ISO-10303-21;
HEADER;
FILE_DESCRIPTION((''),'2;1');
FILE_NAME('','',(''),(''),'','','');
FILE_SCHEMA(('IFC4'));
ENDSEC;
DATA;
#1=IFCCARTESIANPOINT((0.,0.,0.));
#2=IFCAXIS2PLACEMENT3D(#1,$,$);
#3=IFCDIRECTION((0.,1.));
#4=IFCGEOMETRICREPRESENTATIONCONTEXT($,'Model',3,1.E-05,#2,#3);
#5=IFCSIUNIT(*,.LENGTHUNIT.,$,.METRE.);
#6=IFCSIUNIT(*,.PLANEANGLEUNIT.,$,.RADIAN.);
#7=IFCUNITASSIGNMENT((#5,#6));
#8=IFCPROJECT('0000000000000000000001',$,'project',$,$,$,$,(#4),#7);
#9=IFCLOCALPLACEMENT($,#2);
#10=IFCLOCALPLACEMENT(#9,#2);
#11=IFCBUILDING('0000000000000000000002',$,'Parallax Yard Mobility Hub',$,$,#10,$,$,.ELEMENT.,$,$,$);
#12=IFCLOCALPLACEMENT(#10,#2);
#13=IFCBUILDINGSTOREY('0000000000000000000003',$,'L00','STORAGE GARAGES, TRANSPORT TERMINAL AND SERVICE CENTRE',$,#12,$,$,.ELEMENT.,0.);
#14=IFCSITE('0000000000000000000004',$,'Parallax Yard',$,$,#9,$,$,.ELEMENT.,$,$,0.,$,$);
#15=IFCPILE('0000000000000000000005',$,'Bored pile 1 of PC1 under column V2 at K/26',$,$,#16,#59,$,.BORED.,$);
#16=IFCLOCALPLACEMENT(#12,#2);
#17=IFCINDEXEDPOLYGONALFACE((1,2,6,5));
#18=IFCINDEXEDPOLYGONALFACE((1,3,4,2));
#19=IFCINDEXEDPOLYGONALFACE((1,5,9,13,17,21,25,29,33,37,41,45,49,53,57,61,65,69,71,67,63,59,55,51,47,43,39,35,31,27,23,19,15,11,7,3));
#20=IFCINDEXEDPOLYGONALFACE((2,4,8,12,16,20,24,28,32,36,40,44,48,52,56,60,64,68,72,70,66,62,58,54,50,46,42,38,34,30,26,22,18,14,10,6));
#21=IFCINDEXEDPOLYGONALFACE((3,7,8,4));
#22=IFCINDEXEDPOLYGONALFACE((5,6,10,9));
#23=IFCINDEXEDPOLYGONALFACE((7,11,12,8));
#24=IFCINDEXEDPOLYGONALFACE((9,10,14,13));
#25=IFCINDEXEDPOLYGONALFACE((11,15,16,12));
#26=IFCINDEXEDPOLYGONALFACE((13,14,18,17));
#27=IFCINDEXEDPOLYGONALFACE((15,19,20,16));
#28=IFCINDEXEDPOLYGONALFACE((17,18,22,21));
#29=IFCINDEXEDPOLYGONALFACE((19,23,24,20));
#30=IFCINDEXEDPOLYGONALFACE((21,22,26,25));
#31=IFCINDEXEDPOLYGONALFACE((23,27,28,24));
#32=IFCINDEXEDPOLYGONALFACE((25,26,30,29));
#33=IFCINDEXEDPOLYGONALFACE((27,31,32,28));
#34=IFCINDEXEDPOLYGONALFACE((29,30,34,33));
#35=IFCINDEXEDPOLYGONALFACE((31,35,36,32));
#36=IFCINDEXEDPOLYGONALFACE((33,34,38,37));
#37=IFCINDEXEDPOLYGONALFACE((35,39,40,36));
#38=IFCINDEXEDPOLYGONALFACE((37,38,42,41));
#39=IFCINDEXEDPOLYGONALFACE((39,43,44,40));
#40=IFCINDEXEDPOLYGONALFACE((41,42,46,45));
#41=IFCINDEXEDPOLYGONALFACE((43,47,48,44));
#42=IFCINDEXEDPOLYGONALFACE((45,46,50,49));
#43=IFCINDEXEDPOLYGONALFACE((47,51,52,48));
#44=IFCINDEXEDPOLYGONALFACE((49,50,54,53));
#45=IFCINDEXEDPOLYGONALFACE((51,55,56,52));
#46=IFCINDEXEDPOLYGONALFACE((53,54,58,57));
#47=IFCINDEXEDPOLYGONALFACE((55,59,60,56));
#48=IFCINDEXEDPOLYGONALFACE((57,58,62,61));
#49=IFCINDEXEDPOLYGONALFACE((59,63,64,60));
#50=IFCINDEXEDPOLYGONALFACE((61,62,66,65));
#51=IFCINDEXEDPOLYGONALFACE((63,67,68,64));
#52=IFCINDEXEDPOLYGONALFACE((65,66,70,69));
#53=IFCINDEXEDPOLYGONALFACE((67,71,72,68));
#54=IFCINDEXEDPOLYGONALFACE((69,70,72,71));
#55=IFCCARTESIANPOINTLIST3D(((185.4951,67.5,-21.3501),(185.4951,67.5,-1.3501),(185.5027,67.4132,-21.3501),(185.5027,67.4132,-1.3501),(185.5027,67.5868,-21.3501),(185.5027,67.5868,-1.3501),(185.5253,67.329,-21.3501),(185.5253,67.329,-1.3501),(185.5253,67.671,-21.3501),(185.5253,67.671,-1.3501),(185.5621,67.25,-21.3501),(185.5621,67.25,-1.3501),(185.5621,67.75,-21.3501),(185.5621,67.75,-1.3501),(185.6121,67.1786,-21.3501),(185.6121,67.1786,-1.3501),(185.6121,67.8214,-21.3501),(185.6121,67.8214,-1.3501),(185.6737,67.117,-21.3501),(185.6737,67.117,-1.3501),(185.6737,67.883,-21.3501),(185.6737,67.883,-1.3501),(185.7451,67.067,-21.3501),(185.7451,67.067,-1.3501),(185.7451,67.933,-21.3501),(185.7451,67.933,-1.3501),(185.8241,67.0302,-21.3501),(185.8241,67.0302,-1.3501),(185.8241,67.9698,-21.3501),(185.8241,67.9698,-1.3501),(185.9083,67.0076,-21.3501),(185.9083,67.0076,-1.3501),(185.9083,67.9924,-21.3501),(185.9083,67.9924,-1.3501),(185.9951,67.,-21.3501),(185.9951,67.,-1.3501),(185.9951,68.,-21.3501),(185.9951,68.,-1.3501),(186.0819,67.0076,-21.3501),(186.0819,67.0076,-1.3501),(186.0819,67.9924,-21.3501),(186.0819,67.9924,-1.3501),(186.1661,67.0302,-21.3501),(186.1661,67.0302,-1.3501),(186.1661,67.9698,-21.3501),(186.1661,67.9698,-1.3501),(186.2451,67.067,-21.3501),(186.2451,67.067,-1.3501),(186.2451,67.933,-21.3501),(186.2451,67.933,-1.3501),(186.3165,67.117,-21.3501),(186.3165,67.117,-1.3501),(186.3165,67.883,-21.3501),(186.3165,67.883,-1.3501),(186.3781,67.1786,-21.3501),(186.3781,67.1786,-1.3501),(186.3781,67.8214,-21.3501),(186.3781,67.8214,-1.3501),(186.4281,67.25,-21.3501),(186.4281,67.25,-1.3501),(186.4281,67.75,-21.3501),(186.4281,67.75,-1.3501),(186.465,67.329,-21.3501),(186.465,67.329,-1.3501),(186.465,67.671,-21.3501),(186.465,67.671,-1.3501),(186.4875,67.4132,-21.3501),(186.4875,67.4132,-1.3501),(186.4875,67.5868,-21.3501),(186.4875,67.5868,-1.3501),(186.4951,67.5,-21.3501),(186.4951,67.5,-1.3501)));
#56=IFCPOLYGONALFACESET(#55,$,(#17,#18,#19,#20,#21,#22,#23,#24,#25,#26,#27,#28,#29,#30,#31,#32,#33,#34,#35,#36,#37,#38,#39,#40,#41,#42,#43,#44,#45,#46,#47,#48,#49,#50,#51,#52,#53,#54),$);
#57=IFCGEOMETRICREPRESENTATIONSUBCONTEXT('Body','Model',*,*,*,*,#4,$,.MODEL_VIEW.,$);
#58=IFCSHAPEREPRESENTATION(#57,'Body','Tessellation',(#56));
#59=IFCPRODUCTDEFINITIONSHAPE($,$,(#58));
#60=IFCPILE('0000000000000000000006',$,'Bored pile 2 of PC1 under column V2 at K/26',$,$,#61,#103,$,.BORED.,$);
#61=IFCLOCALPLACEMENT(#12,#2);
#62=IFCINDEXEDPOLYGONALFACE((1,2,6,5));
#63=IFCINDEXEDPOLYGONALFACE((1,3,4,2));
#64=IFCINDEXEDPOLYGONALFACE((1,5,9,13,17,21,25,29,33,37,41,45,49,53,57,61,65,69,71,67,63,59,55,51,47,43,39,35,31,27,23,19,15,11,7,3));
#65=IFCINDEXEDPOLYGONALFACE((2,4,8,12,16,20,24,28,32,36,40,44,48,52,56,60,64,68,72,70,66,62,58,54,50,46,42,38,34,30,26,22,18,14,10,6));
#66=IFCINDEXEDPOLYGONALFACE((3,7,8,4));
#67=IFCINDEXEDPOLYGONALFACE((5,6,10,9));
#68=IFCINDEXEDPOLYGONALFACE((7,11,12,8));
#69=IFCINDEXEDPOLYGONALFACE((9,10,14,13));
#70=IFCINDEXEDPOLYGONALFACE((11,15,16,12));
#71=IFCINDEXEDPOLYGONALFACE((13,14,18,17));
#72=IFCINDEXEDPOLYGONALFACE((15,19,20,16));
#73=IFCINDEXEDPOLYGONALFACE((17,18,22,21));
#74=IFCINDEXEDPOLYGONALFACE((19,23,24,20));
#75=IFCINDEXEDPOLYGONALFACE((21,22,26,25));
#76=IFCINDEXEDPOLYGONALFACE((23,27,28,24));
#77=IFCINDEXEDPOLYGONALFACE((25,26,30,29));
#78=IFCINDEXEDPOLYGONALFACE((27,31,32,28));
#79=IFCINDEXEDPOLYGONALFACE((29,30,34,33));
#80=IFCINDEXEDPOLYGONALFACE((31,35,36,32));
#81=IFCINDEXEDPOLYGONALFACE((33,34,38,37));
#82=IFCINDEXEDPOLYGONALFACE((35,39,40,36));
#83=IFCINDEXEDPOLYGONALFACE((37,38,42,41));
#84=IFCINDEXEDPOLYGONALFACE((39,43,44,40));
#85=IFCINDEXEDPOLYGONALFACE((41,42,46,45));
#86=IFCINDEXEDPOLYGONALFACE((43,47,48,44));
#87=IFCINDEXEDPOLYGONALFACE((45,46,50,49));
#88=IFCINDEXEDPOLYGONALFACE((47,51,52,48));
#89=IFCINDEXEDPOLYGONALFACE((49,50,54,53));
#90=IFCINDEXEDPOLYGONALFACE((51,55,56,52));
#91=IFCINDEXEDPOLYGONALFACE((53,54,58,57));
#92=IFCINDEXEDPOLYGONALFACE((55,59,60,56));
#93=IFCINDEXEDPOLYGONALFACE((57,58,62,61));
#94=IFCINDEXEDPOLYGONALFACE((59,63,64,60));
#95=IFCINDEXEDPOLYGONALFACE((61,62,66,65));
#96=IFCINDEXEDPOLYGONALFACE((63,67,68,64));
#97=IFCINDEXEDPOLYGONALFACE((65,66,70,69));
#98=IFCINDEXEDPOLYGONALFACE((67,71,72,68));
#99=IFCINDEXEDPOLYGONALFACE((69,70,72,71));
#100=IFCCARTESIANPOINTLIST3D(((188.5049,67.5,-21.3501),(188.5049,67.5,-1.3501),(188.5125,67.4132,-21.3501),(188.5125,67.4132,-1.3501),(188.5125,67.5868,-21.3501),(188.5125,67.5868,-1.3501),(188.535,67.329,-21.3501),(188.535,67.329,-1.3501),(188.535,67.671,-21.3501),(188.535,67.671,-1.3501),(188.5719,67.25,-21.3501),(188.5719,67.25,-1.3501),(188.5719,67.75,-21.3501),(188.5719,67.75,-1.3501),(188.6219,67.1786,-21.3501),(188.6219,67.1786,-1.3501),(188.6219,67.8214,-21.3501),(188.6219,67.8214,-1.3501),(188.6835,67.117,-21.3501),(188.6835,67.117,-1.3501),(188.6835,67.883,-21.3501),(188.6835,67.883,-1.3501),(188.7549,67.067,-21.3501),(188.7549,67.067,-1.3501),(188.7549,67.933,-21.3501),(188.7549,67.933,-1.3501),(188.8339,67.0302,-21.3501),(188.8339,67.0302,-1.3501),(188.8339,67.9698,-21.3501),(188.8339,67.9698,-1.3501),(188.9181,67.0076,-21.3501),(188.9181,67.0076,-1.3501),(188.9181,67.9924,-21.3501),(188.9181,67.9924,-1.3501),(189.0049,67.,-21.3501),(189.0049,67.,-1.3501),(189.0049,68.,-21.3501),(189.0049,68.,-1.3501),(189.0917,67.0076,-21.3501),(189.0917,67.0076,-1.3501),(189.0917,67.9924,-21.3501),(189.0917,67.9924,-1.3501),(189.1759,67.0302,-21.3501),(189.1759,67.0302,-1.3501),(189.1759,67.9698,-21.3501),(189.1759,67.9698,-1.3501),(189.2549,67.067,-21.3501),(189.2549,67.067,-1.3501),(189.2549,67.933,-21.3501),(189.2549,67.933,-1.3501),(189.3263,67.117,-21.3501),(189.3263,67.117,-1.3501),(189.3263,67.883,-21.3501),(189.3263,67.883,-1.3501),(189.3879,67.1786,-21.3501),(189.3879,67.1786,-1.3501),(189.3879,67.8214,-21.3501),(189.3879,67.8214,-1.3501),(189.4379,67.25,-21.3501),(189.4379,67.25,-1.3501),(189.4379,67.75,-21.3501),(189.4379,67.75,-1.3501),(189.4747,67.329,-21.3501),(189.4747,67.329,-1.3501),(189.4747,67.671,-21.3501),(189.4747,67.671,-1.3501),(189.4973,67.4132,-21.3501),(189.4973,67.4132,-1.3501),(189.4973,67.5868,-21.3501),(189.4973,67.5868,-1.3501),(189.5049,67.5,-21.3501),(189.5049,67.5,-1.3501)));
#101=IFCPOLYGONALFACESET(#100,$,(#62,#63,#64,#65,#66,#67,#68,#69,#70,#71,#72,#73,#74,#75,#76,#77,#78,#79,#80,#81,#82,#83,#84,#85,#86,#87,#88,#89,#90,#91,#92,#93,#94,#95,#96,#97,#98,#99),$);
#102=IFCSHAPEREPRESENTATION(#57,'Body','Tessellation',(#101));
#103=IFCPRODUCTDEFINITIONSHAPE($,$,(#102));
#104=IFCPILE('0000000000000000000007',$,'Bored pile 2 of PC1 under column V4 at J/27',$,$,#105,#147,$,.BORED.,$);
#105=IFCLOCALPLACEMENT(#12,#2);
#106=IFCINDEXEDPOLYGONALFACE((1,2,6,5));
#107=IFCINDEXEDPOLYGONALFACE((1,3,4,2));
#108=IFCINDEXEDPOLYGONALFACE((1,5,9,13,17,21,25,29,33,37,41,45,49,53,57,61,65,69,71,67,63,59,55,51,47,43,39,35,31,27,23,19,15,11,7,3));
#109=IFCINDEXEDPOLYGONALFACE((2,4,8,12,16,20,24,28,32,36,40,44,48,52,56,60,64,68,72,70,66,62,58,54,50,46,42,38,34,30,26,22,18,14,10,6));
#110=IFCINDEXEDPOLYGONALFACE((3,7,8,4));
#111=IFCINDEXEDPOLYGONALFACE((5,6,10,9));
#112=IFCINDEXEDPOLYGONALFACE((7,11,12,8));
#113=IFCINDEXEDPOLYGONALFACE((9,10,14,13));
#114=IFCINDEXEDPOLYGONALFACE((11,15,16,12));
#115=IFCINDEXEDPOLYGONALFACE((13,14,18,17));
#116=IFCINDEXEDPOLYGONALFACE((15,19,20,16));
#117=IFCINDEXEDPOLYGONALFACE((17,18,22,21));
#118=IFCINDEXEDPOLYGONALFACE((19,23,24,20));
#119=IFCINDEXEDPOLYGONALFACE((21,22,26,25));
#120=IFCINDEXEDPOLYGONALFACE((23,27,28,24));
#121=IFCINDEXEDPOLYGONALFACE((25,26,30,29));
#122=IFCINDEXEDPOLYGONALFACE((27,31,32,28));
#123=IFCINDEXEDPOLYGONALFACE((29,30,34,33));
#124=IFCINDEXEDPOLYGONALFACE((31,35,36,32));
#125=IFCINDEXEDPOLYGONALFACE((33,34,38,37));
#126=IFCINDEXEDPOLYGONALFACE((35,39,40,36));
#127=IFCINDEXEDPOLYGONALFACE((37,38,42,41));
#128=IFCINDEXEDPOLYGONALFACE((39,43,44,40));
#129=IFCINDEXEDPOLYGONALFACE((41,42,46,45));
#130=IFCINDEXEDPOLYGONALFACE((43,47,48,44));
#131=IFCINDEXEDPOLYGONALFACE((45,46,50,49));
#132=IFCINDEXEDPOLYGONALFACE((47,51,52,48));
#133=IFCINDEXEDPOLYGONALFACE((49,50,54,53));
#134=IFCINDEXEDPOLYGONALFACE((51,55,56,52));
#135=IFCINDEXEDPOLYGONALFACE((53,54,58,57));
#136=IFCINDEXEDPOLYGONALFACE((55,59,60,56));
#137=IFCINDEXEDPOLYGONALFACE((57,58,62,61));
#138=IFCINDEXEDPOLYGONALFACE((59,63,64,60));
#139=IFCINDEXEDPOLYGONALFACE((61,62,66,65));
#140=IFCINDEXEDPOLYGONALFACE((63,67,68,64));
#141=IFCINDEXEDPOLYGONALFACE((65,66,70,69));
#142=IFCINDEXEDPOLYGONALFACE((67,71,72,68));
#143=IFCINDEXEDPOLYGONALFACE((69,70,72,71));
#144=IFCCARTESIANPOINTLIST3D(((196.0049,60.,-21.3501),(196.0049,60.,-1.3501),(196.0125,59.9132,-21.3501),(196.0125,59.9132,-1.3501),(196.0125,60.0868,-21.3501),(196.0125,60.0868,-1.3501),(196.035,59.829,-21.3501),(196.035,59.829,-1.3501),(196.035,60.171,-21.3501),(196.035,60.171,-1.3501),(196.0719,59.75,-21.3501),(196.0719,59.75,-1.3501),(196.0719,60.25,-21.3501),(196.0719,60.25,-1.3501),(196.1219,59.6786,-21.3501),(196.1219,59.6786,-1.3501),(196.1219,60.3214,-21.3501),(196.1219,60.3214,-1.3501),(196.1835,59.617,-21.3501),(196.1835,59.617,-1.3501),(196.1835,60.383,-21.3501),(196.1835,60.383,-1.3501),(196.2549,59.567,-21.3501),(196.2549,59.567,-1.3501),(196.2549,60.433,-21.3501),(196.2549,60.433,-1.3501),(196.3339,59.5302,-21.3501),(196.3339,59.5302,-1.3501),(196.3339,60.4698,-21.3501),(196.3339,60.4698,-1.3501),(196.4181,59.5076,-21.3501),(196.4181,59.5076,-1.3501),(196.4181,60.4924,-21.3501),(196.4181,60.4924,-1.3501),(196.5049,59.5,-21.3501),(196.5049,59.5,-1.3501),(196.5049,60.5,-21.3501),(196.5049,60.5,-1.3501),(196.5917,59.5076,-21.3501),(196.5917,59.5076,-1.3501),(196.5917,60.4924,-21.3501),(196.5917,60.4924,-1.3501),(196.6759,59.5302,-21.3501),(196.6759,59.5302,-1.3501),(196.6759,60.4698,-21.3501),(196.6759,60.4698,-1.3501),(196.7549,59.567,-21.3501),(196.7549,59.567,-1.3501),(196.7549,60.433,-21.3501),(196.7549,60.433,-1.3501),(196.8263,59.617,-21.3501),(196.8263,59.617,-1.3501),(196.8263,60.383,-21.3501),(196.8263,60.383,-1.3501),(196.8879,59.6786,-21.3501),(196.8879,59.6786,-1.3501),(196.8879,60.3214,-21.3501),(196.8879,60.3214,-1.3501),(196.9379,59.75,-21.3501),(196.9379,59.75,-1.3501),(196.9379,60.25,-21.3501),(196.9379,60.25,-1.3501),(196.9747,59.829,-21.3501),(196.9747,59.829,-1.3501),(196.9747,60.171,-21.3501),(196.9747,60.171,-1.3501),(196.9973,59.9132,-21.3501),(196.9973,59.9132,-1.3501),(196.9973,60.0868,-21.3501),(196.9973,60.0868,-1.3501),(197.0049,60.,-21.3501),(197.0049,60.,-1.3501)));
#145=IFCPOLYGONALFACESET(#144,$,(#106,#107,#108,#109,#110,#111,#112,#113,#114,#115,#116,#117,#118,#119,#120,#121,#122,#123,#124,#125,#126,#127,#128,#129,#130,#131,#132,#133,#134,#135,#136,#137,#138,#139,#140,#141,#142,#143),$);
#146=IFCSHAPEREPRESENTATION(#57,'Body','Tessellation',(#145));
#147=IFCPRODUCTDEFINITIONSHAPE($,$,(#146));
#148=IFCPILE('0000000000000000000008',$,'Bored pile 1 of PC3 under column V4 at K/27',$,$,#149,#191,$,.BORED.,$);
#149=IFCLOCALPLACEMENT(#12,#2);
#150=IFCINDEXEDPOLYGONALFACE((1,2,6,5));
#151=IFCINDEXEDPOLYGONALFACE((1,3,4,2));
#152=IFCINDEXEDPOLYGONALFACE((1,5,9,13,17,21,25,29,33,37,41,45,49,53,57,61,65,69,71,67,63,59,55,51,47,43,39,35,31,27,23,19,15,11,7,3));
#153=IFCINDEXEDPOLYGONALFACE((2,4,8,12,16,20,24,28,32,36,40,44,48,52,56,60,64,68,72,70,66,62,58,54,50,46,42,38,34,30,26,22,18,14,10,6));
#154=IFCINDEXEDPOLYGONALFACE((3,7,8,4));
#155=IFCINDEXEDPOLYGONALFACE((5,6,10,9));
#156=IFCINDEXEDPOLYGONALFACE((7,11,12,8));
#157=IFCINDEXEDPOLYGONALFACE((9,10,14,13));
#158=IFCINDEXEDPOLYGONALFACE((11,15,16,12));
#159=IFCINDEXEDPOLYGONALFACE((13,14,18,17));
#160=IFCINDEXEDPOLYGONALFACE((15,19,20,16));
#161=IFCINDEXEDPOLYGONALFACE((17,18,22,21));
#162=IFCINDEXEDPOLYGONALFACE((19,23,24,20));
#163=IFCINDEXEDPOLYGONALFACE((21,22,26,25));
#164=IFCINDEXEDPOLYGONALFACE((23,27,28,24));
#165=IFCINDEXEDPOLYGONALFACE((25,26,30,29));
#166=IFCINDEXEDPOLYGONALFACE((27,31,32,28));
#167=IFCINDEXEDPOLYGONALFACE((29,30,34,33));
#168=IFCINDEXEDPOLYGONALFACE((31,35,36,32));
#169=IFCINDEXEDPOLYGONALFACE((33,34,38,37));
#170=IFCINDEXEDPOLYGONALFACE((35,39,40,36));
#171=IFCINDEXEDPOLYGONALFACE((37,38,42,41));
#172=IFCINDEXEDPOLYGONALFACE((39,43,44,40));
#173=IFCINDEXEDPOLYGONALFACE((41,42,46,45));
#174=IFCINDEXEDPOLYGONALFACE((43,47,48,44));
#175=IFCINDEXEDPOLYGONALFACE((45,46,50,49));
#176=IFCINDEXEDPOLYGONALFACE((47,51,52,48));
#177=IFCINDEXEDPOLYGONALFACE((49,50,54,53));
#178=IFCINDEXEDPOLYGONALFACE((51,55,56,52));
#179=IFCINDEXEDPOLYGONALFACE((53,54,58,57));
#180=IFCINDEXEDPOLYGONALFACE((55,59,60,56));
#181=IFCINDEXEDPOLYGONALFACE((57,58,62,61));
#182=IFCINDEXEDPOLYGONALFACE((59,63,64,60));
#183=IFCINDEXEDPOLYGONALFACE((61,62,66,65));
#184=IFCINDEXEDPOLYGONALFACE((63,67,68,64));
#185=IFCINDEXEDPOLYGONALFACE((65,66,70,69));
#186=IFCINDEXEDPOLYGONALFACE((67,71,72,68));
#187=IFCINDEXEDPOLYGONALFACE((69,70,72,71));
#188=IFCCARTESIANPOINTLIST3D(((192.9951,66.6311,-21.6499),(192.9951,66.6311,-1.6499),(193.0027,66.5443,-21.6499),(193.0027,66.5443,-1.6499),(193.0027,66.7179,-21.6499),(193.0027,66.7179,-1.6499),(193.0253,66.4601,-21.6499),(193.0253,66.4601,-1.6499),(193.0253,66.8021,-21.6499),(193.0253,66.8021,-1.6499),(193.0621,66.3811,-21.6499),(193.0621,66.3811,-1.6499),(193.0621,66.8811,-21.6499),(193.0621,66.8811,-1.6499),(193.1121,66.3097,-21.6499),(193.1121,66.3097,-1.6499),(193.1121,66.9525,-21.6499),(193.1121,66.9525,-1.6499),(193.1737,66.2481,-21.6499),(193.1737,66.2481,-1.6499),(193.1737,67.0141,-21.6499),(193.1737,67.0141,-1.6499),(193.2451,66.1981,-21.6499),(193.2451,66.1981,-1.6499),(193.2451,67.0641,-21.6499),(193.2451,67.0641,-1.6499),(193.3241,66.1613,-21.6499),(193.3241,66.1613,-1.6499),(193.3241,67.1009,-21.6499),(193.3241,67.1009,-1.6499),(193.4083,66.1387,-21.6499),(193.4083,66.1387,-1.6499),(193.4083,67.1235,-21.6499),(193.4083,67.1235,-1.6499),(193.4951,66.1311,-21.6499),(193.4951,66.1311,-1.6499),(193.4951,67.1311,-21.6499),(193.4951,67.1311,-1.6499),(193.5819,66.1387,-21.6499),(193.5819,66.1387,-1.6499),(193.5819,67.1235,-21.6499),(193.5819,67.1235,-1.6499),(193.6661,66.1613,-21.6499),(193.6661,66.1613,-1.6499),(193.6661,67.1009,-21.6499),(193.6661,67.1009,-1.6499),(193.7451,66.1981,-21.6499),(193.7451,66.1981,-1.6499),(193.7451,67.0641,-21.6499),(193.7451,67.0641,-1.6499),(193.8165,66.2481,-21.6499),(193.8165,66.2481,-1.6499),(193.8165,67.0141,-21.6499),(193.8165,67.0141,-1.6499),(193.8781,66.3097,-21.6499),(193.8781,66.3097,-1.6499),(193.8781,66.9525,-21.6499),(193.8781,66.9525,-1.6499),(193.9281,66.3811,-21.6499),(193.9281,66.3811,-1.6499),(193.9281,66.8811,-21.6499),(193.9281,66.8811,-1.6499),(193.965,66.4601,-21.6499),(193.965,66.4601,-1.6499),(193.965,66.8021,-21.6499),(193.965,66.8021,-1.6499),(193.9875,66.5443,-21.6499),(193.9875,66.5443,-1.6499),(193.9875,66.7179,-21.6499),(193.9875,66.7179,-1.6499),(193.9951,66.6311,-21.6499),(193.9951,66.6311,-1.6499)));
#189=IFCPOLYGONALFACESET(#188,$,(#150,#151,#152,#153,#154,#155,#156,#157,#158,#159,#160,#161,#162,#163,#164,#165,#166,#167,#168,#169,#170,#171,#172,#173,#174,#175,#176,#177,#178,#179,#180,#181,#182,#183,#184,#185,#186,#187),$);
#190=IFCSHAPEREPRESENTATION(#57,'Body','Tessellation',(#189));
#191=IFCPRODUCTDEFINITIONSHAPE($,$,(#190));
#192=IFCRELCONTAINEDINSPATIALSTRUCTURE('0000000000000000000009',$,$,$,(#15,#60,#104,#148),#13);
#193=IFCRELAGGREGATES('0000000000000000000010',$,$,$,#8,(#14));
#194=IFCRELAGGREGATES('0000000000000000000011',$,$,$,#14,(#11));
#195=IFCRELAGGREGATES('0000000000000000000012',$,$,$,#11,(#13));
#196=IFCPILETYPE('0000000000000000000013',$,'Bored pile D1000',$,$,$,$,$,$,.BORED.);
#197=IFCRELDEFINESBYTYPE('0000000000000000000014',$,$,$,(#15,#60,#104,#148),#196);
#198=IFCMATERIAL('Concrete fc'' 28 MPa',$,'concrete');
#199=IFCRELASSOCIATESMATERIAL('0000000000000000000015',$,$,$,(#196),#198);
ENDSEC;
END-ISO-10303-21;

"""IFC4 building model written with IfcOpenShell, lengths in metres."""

from ifc_helpers import new_model, si_unit, direction, frame, origin, origin_2d, place, context, subcontext, project, spatial, circle, extrude, material, material_profile, profile_set, type_object, element, save


model = new_model("IFC4")

# Units and contexts
model_context = context("Model", 3, precision=1e-05, world=origin(), true_north=direction((0.0, 1.0)))
body_context = subcontext(model_context, "Body", "Model", "MODEL_VIEW")
ifc_project = project(units=[si_unit("LENGTHUNIT", "METRE"), si_unit("PLANEANGLEUNIT", "RADIAN")], contexts=[model_context])

# Site, building, storey
site_placement = place(None, origin())
site = spatial("IfcSite", under=ifc_project, at=site_placement, Name="Parallax Yard", CompositionType="ELEMENT", RefElevation=0.0)
building_placement = place(site_placement, origin())
building = spatial("IfcBuilding", under=site, at=building_placement, Name="Parallax Yard Mobility Hub", CompositionType="ELEMENT")
storey_placement = place(building_placement, origin())
storey = spatial("IfcBuildingStorey", under=building, at=storey_placement, Name="L00", Description="STORAGE GARAGES, TRANSPORT TERMINAL AND SERVICE CENTRE", CompositionType="ELEMENT", Elevation=0.0)

# Piles
ifc_material_1 = material(Name="Concrete fc' 28 MPa", Category="concrete")
ifc_material_profile_1 = material_profile(ifc_material_1, circle(Radius=0.5, at=origin_2d()), Name="Bored pile D1000")
ifc_profile_set_1 = profile_set([ifc_material_profile_1], Name="Concrete fc' 28 MPa")
pile_type = type_object("IfcPileType", Name="Bored pile D1000", PredefinedType="BORED", material=ifc_profile_set_1)
for number, where, z_axis, x_axis, name in (
    (1, (185.9951, 67.5, -1.3501), (0.0, 0.0, -1.0), (1.0, 0.0, 0.0), "Bored pile 1 of PC1 under column V2 at K/26"),
    (2, (189.0049, 67.5, -1.3501), (0.0, 0.0, -1.0), (1.0, 0.0, 0.0), "Bored pile 2 of PC1 under column V2 at K/26"),
    (3, (196.5049, 60.0, -1.3501), (0.0, 0.0, -1.0), (1.0, 0.0, 0.0), "Bored pile 2 of PC1 under column V4 at J/27"),
    (4, (193.4951, 66.6311, -1.6499), (0.0, 0.0, -1.0), (1.0, 0.0, 0.0), "Bored pile 1 of PC3 under column V4 at K/27"),
):
    element("IfcPile", number, at=place(storey_placement, frame(where, z_axis=z_axis, x_axis=x_axis)), inside=storey, type_object=pile_type, Name=name, PredefinedType="BORED", context=body_context, shape_type="SweptSolid", body=[
        extrude(circle(Radius=0.5, at=origin_2d()), origin(), (0.0, 0.0, 1.0), 20.0),
    ])

save(model, "model.ifc")
